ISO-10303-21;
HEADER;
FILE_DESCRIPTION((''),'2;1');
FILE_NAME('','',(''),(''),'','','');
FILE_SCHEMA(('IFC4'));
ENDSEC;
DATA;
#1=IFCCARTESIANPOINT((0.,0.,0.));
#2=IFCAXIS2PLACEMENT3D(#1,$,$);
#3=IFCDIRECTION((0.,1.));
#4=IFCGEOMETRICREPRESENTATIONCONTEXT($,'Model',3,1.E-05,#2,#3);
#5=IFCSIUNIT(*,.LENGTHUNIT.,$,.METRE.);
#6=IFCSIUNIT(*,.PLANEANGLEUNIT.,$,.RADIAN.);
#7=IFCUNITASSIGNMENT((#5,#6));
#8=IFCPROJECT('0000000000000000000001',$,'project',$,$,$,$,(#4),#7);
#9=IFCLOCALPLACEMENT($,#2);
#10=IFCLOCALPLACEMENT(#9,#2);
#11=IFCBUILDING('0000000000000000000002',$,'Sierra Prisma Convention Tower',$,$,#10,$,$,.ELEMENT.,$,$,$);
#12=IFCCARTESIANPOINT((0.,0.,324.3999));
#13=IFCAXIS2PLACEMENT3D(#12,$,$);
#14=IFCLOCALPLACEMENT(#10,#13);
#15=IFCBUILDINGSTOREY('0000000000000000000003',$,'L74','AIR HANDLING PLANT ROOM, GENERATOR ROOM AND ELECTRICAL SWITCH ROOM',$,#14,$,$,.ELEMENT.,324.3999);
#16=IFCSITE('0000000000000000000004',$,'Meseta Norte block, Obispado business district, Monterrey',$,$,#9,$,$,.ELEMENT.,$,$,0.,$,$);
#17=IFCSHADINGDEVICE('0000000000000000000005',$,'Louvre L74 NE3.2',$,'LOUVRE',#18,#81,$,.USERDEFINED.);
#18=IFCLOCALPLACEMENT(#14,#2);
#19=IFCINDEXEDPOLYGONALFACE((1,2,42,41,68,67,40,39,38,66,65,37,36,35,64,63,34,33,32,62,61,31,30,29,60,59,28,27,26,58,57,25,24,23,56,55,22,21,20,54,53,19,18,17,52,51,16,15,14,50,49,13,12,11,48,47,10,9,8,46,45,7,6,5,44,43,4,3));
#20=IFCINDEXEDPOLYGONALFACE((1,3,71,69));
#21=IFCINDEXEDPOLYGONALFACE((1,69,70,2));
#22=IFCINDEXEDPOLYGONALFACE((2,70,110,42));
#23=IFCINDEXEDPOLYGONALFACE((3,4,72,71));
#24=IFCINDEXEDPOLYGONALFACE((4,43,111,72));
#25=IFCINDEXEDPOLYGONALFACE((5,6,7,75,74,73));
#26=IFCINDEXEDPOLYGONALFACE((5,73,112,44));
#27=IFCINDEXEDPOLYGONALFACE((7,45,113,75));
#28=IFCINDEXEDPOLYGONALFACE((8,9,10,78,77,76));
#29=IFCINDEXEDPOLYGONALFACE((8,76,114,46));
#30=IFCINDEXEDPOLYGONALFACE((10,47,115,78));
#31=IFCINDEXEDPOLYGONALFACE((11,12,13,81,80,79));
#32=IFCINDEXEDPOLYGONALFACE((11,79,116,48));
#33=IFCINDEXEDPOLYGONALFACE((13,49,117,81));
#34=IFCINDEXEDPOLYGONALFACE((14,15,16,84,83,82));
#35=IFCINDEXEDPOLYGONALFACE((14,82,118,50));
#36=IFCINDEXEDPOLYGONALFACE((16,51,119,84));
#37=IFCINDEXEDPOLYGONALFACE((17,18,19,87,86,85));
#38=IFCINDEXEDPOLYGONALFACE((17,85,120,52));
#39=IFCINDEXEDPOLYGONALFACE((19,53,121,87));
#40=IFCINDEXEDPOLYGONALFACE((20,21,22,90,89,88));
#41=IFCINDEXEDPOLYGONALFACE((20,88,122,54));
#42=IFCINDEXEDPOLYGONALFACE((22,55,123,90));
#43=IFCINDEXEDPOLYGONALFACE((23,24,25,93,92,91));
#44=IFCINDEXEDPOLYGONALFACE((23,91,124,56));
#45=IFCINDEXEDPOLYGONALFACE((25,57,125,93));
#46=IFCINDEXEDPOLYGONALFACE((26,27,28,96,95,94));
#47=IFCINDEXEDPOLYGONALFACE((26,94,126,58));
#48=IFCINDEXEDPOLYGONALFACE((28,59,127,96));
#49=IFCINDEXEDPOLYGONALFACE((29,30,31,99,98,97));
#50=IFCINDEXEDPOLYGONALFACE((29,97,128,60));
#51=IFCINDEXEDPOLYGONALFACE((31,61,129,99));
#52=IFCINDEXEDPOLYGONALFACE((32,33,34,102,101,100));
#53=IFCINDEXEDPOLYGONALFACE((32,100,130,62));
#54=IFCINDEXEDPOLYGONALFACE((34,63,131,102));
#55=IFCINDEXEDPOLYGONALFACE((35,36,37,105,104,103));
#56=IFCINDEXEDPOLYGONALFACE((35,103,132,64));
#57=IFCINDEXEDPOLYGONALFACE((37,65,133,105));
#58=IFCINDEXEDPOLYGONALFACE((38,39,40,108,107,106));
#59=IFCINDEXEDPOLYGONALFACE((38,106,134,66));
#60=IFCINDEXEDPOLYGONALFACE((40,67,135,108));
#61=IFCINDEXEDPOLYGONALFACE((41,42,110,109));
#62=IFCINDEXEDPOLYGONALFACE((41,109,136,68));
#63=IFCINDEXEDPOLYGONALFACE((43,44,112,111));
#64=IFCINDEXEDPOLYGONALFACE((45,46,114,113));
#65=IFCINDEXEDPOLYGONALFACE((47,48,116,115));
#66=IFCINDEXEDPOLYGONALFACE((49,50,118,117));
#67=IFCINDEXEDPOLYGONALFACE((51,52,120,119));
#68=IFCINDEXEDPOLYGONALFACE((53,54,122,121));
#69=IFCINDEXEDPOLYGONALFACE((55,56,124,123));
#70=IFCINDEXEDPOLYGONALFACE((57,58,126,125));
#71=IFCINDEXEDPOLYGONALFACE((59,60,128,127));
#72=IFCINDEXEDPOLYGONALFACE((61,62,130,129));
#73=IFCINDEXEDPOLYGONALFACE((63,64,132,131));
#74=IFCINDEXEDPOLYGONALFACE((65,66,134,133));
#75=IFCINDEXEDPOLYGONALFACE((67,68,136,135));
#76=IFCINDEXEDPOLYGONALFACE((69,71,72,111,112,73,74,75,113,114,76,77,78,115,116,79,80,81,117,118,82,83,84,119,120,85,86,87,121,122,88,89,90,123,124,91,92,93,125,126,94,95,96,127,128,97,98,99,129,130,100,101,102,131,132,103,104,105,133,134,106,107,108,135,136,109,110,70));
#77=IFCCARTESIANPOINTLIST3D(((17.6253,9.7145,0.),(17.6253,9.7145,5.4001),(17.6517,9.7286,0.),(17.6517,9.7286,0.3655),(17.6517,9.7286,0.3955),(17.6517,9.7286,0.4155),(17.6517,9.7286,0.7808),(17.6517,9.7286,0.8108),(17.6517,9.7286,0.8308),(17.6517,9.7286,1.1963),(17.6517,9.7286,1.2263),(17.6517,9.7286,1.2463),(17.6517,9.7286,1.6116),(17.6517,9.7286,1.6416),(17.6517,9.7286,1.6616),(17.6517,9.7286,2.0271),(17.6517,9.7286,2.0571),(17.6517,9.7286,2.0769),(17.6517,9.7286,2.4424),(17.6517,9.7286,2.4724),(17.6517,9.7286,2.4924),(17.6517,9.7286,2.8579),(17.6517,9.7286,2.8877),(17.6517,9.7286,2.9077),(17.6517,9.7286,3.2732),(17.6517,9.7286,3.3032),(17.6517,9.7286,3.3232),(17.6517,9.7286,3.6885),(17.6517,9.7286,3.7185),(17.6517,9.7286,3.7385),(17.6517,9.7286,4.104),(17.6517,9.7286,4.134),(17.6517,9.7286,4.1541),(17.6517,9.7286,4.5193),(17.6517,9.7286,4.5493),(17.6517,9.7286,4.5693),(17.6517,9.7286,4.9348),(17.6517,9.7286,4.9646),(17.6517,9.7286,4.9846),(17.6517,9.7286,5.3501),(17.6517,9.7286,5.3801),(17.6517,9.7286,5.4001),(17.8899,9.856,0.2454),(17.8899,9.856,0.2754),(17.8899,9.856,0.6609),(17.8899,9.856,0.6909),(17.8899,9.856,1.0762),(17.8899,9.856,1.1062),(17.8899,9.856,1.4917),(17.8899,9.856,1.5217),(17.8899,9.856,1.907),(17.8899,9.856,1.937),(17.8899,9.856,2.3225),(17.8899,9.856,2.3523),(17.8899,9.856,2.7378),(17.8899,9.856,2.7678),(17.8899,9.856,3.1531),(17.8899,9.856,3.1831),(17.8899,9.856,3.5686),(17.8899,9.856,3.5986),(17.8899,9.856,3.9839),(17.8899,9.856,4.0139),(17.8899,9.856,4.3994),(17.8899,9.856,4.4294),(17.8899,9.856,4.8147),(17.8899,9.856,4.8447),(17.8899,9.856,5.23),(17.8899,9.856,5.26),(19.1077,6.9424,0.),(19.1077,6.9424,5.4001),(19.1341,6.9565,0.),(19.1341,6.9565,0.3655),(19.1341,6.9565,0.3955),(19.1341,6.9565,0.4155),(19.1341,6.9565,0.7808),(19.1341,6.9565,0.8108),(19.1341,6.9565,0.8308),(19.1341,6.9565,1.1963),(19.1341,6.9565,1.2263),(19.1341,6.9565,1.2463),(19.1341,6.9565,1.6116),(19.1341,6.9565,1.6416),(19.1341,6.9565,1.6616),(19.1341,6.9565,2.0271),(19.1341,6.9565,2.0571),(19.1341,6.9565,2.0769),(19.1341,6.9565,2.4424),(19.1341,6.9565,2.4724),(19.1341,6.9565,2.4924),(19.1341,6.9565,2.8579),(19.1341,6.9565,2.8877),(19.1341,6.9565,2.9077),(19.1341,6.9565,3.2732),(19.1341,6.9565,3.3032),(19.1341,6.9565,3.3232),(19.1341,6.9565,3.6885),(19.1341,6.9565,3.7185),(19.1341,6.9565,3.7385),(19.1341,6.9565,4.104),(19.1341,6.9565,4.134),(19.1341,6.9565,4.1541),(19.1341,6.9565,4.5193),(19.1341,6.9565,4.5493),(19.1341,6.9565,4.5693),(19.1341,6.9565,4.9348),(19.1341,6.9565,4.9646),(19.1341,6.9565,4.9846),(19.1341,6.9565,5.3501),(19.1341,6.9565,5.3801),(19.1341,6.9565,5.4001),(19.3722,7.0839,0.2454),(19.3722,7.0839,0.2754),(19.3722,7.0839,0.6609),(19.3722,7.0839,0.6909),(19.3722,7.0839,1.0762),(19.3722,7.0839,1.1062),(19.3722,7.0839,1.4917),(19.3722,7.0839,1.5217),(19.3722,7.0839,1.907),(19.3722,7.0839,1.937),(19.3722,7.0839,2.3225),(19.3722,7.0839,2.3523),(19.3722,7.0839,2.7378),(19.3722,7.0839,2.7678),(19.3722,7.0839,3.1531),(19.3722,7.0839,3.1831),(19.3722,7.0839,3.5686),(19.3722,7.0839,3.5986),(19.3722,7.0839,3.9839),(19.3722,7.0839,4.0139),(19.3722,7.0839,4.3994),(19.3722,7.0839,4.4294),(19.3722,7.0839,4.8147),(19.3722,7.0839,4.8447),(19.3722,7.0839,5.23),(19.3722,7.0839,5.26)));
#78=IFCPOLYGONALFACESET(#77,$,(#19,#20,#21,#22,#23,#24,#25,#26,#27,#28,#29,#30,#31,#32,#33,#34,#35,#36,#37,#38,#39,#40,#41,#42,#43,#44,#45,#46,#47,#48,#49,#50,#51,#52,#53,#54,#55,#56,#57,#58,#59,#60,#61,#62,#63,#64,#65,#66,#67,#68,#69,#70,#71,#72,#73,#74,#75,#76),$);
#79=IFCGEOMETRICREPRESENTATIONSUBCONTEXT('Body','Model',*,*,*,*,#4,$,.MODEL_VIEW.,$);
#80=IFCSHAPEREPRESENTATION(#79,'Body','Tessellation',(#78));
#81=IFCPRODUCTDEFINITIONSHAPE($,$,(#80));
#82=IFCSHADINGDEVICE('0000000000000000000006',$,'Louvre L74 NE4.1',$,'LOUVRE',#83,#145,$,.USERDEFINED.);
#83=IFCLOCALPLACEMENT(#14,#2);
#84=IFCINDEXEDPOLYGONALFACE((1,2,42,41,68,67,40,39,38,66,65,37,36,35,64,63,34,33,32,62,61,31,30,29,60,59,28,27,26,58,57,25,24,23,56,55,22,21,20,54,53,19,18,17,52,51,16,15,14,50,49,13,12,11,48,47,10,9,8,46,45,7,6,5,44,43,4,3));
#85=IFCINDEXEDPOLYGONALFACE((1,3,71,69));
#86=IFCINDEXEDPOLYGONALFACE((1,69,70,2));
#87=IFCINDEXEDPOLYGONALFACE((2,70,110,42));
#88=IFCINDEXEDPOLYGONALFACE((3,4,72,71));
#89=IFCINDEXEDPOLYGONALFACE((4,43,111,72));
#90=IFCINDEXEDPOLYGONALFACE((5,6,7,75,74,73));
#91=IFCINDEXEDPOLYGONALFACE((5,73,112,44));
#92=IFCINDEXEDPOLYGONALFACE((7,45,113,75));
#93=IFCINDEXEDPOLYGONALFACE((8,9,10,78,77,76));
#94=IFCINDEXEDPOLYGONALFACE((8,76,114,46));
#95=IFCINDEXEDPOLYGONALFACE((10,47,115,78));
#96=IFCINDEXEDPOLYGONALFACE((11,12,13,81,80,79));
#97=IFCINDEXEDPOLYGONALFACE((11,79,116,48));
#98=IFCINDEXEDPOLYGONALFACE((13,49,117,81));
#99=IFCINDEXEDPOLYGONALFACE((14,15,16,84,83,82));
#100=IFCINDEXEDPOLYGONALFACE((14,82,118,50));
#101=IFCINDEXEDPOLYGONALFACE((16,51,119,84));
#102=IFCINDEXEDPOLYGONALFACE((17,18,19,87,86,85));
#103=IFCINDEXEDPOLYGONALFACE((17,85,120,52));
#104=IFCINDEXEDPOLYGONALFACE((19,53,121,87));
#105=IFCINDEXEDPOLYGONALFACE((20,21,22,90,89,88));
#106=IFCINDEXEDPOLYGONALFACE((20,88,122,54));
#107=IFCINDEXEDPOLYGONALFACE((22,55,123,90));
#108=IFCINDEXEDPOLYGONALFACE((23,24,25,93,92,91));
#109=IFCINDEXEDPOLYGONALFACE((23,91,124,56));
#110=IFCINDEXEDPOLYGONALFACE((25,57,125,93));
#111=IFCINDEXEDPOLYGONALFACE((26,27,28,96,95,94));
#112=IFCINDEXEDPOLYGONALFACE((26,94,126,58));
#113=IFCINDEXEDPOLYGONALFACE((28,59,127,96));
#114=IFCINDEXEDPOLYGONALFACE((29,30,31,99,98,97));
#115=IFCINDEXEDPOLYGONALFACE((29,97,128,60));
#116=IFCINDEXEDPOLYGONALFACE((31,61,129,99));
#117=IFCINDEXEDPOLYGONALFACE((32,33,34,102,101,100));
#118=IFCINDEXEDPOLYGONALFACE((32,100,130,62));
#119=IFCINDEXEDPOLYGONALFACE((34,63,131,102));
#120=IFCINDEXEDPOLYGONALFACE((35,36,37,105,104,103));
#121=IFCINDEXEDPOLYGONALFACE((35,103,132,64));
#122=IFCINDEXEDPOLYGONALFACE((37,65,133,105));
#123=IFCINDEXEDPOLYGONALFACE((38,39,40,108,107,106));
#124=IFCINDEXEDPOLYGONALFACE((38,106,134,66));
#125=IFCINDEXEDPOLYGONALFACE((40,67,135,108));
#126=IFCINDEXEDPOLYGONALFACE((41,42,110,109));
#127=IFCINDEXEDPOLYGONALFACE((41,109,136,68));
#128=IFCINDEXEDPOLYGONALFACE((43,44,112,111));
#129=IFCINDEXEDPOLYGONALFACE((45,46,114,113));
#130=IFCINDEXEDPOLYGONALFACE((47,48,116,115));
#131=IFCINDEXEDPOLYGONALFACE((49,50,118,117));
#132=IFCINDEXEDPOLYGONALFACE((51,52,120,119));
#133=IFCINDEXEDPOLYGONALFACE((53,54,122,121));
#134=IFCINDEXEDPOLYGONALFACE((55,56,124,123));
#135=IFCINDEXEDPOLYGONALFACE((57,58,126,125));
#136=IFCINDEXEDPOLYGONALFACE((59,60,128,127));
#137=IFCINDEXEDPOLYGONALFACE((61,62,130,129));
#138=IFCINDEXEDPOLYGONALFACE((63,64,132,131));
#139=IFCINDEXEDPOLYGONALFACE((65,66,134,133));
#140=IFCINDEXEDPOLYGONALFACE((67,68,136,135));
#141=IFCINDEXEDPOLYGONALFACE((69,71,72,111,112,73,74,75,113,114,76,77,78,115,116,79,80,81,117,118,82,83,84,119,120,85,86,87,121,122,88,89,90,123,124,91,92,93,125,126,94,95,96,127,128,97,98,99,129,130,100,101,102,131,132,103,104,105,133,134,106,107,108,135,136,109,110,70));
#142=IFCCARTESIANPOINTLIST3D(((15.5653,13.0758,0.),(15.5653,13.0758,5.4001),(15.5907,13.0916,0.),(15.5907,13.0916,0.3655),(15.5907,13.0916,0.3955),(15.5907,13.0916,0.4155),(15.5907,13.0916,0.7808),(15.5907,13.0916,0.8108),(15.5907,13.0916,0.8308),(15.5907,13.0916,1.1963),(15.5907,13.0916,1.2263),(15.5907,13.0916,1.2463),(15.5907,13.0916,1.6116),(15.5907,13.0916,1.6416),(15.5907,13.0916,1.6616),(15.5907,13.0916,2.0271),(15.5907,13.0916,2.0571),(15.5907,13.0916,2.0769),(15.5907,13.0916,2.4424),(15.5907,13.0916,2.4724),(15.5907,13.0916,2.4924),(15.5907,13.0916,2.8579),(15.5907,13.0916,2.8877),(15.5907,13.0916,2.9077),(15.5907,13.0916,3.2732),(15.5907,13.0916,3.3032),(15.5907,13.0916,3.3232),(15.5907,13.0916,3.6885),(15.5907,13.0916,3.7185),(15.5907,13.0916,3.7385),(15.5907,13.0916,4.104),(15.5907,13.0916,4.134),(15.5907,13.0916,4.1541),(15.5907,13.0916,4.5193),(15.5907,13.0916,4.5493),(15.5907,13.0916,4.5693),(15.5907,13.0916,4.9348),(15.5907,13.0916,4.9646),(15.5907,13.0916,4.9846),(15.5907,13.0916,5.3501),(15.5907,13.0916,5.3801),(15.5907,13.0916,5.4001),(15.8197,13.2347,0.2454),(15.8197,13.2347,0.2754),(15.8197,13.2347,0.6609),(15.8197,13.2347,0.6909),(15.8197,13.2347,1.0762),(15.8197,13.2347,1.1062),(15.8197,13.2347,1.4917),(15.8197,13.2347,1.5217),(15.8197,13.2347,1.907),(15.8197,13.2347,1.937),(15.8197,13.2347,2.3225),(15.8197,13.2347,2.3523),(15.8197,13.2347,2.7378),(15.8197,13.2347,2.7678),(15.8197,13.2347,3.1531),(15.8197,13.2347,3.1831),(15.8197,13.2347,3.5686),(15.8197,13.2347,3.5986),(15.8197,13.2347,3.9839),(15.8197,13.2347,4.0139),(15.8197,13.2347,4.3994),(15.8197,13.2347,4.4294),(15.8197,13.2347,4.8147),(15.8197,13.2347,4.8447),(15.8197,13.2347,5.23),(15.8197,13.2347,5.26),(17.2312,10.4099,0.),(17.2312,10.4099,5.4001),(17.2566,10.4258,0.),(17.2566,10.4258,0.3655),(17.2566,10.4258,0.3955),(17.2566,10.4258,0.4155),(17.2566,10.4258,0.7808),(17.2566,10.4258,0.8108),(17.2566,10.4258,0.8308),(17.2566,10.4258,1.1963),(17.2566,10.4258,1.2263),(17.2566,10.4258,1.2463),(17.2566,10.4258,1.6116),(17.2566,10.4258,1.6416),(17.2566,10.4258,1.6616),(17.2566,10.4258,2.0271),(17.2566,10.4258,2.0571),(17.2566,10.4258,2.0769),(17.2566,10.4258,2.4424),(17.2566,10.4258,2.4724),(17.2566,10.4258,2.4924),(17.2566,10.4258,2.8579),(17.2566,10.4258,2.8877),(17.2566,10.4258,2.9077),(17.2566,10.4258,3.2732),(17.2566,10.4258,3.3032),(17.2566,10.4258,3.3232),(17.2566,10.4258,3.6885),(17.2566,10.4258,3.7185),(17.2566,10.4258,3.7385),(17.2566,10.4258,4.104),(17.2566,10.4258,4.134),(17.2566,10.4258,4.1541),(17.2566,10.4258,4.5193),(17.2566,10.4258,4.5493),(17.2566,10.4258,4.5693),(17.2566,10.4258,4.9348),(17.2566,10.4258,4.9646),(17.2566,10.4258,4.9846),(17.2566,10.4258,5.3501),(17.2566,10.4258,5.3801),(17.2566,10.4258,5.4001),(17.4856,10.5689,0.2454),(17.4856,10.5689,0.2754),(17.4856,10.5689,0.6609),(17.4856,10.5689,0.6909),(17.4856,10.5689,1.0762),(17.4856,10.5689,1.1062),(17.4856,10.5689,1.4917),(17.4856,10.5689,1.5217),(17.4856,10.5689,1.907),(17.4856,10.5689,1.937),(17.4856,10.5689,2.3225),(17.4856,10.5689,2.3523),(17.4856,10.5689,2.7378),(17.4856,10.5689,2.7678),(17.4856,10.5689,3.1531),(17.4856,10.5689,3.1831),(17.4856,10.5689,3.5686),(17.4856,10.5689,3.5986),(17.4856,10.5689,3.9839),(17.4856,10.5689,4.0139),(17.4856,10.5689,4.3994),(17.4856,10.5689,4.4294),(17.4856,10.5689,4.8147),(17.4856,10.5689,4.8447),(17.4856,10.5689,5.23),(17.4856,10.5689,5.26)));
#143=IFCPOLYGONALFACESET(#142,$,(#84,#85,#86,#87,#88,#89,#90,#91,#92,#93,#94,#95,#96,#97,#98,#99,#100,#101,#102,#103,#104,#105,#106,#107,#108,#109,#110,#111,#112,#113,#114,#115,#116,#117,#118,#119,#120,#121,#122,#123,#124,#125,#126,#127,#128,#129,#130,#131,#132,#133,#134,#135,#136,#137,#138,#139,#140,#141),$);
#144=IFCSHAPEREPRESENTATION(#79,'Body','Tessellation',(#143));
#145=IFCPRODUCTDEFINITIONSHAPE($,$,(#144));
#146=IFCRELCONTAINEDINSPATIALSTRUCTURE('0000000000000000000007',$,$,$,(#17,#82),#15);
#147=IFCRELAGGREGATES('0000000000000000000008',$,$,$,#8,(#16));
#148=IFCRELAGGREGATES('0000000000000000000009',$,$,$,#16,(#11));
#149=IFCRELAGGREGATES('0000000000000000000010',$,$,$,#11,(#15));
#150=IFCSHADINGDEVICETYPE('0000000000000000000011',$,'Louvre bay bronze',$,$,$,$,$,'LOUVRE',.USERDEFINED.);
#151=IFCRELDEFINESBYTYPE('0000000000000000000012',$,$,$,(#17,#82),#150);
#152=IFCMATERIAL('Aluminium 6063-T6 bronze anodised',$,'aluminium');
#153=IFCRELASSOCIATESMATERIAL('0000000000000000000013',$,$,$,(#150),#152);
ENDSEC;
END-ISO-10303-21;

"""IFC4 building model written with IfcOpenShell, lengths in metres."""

from ifc_helpers import new_model, si_unit, direction, frame, origin, place, context, subcontext, project, spatial, polyline, outline, extrude, material, type_object, element, save


model = new_model("IFC4")

# Units and contexts
model_context = context("Model", 3, precision=1e-05, world=origin(), true_north=direction((0.0, 1.0)))
body_context = subcontext(model_context, "Body", "Model", "MODEL_VIEW")
ifc_project = project(units=[si_unit("LENGTHUNIT", "METRE"), si_unit("PLANEANGLEUNIT", "RADIAN")], contexts=[model_context])

# Site, building, storey
site_placement = place(None, origin())
site = spatial("IfcSite", under=ifc_project, at=site_placement, Name="Meseta Norte block, Obispado business district, Monterrey", CompositionType="ELEMENT", RefElevation=0.0)
building_placement = place(site_placement, origin())
building = spatial("IfcBuilding", under=site, at=building_placement, Name="Sierra Prisma Convention Tower", CompositionType="ELEMENT")
storey_placement = place(building_placement, frame((0.0, 0.0, 324.3999)))
storey = spatial("IfcBuildingStorey", under=building, at=storey_placement, Name="L74", Description="AIR HANDLING PLANT ROOM, GENERATOR ROOM AND ELECTRICAL SWITCH ROOM", CompositionType="ELEMENT", Elevation=324.3999)

# Shading devices
ifc_material_1 = material(Name="Aluminium 6063-T6 bronze anodised", Category="aluminium")
shading_device_type = type_object("IfcShadingDeviceType", Name="Louvre bay bronze", ElementType="LOUVRE", PredefinedType="USERDEFINED", material=ifc_material_1)
shading_device_1_placement = place(storey_placement, frame((19.1077, 6.9424, 0.0), z_axis=(0.471552, -0.881838, 0.0), x_axis=(0.0, 0.0, 1.0)))
element("IfcShadingDevice", 1, at=shading_device_1_placement, inside=storey, type_object=shading_device_type, Name="Louvre L74 NE3.2", ObjectType="LOUVRE", PredefinedType="USERDEFINED", context=body_context, shape_type="SweptSolid", body=[
    extrude(outline(polyline([(0.0, 0.0), (5.4001, 0.0), (5.4001, -0.0299), (5.3801, -0.0299), (5.26, -0.3), (5.23, -0.3), (5.3501, -0.0299), (4.9846, -0.0299), (4.9646, -0.0299), (4.8447, -0.3), (4.8147, -0.3), (4.9348, -0.0299), (4.5693, -0.0299), (4.5493, -0.0299), (4.4294, -0.3), (4.3994, -0.3), (4.5193, -0.0299), (4.1541, -0.0299), (4.134, -0.0299), (4.0139, -0.3), (3.9839, -0.3), (4.104, -0.0299), (3.7385, -0.0299), (3.7185, -0.0299), (3.5986, -0.3), (3.5686, -0.3), (3.6885, -0.0299), (3.3232, -0.0299), (3.3032, -0.0299), (3.1831, -0.3), (3.1531, -0.3), (3.2732, -0.0299), (2.9077, -0.0299), (2.8877, -0.0299), (2.7678, -0.3), (2.7378, -0.3), (2.8579, -0.0299), (2.4924, -0.0299), (2.4724, -0.0299), (2.3523, -0.3), (2.3225, -0.3), (2.4424, -0.0299), (2.0769, -0.0299), (2.0571, -0.0299), (1.937, -0.3), (1.907, -0.3), (2.0271, -0.0299), (1.6616, -0.0299), (1.6416, -0.0299), (1.5217, -0.3), (1.4917, -0.3), (1.6116, -0.0299), (1.2463, -0.0299), (1.2263, -0.0299), (1.1062, -0.3), (1.0762, -0.3), (1.1963, -0.0299), (0.8308, -0.0299), (0.8108, -0.0299), (0.6909, -0.3), (0.6609, -0.3), (0.7808, -0.0299), (0.4155, -0.0299), (0.3955, -0.0299), (0.2754, -0.3), (0.2454, -0.3), (0.3655, -0.0299), (0.0, -0.0299), (0.0, 0.0)])), origin(), (0.0, 0.0, -1.0), 3.1436),
])
shading_device_2_placement = place(storey_placement, frame((17.2312, 10.4099, 0.0), z_axis=(0.529935, -0.848038, 0.0), x_axis=(0.0, 0.0, 1.0)))
element("IfcShadingDevice", 2, at=shading_device_2_placement, inside=storey, type_object=shading_device_type, Name="Louvre L74 NE4.1", ObjectType="LOUVRE", PredefinedType="USERDEFINED", context=body_context, shape_type="SweptSolid", body=[
    extrude(outline(polyline([(0.0, 0.0), (5.4001, 0.0), (5.4001, -0.0299), (5.3801, -0.0299), (5.26, -0.3), (5.23, -0.3), (5.3501, -0.0299), (4.9846, -0.0299), (4.9646, -0.0299), (4.8447, -0.3), (4.8147, -0.3), (4.9348, -0.0299), (4.5693, -0.0299), (4.5493, -0.0299), (4.4294, -0.3), (4.3994, -0.3), (4.5193, -0.0299), (4.1541, -0.0299), (4.134, -0.0299), (4.0139, -0.3), (3.9839, -0.3), (4.104, -0.0299), (3.7385, -0.0299), (3.7185, -0.0299), (3.5986, -0.3), (3.5686, -0.3), (3.6885, -0.0299), (3.3232, -0.0299), (3.3032, -0.0299), (3.1831, -0.3), (3.1531, -0.3), (3.2732, -0.0299), (2.9077, -0.0299), (2.8877, -0.0299), (2.7678, -0.3), (2.7378, -0.3), (2.8579, -0.0299), (2.4924, -0.0299), (2.4724, -0.0299), (2.3523, -0.3), (2.3225, -0.3), (2.4424, -0.0299), (2.0769, -0.0299), (2.0571, -0.0299), (1.937, -0.3), (1.907, -0.3), (2.0271, -0.0299), (1.6616, -0.0299), (1.6416, -0.0299), (1.5217, -0.3), (1.4917, -0.3), (1.6116, -0.0299), (1.2463, -0.0299), (1.2263, -0.0299), (1.1062, -0.3), (1.0762, -0.3), (1.1963, -0.0299), (0.8308, -0.0299), (0.8108, -0.0299), (0.6909, -0.3), (0.6609, -0.3), (0.7808, -0.0299), (0.4155, -0.0299), (0.3955, -0.0299), (0.2754, -0.3), (0.2454, -0.3), (0.3655, -0.0299), (0.0, -0.0299), (0.0, 0.0)])), origin(), (0.0, 0.0, -1.0), 3.1436),
])

save(model, "model.ifc")
